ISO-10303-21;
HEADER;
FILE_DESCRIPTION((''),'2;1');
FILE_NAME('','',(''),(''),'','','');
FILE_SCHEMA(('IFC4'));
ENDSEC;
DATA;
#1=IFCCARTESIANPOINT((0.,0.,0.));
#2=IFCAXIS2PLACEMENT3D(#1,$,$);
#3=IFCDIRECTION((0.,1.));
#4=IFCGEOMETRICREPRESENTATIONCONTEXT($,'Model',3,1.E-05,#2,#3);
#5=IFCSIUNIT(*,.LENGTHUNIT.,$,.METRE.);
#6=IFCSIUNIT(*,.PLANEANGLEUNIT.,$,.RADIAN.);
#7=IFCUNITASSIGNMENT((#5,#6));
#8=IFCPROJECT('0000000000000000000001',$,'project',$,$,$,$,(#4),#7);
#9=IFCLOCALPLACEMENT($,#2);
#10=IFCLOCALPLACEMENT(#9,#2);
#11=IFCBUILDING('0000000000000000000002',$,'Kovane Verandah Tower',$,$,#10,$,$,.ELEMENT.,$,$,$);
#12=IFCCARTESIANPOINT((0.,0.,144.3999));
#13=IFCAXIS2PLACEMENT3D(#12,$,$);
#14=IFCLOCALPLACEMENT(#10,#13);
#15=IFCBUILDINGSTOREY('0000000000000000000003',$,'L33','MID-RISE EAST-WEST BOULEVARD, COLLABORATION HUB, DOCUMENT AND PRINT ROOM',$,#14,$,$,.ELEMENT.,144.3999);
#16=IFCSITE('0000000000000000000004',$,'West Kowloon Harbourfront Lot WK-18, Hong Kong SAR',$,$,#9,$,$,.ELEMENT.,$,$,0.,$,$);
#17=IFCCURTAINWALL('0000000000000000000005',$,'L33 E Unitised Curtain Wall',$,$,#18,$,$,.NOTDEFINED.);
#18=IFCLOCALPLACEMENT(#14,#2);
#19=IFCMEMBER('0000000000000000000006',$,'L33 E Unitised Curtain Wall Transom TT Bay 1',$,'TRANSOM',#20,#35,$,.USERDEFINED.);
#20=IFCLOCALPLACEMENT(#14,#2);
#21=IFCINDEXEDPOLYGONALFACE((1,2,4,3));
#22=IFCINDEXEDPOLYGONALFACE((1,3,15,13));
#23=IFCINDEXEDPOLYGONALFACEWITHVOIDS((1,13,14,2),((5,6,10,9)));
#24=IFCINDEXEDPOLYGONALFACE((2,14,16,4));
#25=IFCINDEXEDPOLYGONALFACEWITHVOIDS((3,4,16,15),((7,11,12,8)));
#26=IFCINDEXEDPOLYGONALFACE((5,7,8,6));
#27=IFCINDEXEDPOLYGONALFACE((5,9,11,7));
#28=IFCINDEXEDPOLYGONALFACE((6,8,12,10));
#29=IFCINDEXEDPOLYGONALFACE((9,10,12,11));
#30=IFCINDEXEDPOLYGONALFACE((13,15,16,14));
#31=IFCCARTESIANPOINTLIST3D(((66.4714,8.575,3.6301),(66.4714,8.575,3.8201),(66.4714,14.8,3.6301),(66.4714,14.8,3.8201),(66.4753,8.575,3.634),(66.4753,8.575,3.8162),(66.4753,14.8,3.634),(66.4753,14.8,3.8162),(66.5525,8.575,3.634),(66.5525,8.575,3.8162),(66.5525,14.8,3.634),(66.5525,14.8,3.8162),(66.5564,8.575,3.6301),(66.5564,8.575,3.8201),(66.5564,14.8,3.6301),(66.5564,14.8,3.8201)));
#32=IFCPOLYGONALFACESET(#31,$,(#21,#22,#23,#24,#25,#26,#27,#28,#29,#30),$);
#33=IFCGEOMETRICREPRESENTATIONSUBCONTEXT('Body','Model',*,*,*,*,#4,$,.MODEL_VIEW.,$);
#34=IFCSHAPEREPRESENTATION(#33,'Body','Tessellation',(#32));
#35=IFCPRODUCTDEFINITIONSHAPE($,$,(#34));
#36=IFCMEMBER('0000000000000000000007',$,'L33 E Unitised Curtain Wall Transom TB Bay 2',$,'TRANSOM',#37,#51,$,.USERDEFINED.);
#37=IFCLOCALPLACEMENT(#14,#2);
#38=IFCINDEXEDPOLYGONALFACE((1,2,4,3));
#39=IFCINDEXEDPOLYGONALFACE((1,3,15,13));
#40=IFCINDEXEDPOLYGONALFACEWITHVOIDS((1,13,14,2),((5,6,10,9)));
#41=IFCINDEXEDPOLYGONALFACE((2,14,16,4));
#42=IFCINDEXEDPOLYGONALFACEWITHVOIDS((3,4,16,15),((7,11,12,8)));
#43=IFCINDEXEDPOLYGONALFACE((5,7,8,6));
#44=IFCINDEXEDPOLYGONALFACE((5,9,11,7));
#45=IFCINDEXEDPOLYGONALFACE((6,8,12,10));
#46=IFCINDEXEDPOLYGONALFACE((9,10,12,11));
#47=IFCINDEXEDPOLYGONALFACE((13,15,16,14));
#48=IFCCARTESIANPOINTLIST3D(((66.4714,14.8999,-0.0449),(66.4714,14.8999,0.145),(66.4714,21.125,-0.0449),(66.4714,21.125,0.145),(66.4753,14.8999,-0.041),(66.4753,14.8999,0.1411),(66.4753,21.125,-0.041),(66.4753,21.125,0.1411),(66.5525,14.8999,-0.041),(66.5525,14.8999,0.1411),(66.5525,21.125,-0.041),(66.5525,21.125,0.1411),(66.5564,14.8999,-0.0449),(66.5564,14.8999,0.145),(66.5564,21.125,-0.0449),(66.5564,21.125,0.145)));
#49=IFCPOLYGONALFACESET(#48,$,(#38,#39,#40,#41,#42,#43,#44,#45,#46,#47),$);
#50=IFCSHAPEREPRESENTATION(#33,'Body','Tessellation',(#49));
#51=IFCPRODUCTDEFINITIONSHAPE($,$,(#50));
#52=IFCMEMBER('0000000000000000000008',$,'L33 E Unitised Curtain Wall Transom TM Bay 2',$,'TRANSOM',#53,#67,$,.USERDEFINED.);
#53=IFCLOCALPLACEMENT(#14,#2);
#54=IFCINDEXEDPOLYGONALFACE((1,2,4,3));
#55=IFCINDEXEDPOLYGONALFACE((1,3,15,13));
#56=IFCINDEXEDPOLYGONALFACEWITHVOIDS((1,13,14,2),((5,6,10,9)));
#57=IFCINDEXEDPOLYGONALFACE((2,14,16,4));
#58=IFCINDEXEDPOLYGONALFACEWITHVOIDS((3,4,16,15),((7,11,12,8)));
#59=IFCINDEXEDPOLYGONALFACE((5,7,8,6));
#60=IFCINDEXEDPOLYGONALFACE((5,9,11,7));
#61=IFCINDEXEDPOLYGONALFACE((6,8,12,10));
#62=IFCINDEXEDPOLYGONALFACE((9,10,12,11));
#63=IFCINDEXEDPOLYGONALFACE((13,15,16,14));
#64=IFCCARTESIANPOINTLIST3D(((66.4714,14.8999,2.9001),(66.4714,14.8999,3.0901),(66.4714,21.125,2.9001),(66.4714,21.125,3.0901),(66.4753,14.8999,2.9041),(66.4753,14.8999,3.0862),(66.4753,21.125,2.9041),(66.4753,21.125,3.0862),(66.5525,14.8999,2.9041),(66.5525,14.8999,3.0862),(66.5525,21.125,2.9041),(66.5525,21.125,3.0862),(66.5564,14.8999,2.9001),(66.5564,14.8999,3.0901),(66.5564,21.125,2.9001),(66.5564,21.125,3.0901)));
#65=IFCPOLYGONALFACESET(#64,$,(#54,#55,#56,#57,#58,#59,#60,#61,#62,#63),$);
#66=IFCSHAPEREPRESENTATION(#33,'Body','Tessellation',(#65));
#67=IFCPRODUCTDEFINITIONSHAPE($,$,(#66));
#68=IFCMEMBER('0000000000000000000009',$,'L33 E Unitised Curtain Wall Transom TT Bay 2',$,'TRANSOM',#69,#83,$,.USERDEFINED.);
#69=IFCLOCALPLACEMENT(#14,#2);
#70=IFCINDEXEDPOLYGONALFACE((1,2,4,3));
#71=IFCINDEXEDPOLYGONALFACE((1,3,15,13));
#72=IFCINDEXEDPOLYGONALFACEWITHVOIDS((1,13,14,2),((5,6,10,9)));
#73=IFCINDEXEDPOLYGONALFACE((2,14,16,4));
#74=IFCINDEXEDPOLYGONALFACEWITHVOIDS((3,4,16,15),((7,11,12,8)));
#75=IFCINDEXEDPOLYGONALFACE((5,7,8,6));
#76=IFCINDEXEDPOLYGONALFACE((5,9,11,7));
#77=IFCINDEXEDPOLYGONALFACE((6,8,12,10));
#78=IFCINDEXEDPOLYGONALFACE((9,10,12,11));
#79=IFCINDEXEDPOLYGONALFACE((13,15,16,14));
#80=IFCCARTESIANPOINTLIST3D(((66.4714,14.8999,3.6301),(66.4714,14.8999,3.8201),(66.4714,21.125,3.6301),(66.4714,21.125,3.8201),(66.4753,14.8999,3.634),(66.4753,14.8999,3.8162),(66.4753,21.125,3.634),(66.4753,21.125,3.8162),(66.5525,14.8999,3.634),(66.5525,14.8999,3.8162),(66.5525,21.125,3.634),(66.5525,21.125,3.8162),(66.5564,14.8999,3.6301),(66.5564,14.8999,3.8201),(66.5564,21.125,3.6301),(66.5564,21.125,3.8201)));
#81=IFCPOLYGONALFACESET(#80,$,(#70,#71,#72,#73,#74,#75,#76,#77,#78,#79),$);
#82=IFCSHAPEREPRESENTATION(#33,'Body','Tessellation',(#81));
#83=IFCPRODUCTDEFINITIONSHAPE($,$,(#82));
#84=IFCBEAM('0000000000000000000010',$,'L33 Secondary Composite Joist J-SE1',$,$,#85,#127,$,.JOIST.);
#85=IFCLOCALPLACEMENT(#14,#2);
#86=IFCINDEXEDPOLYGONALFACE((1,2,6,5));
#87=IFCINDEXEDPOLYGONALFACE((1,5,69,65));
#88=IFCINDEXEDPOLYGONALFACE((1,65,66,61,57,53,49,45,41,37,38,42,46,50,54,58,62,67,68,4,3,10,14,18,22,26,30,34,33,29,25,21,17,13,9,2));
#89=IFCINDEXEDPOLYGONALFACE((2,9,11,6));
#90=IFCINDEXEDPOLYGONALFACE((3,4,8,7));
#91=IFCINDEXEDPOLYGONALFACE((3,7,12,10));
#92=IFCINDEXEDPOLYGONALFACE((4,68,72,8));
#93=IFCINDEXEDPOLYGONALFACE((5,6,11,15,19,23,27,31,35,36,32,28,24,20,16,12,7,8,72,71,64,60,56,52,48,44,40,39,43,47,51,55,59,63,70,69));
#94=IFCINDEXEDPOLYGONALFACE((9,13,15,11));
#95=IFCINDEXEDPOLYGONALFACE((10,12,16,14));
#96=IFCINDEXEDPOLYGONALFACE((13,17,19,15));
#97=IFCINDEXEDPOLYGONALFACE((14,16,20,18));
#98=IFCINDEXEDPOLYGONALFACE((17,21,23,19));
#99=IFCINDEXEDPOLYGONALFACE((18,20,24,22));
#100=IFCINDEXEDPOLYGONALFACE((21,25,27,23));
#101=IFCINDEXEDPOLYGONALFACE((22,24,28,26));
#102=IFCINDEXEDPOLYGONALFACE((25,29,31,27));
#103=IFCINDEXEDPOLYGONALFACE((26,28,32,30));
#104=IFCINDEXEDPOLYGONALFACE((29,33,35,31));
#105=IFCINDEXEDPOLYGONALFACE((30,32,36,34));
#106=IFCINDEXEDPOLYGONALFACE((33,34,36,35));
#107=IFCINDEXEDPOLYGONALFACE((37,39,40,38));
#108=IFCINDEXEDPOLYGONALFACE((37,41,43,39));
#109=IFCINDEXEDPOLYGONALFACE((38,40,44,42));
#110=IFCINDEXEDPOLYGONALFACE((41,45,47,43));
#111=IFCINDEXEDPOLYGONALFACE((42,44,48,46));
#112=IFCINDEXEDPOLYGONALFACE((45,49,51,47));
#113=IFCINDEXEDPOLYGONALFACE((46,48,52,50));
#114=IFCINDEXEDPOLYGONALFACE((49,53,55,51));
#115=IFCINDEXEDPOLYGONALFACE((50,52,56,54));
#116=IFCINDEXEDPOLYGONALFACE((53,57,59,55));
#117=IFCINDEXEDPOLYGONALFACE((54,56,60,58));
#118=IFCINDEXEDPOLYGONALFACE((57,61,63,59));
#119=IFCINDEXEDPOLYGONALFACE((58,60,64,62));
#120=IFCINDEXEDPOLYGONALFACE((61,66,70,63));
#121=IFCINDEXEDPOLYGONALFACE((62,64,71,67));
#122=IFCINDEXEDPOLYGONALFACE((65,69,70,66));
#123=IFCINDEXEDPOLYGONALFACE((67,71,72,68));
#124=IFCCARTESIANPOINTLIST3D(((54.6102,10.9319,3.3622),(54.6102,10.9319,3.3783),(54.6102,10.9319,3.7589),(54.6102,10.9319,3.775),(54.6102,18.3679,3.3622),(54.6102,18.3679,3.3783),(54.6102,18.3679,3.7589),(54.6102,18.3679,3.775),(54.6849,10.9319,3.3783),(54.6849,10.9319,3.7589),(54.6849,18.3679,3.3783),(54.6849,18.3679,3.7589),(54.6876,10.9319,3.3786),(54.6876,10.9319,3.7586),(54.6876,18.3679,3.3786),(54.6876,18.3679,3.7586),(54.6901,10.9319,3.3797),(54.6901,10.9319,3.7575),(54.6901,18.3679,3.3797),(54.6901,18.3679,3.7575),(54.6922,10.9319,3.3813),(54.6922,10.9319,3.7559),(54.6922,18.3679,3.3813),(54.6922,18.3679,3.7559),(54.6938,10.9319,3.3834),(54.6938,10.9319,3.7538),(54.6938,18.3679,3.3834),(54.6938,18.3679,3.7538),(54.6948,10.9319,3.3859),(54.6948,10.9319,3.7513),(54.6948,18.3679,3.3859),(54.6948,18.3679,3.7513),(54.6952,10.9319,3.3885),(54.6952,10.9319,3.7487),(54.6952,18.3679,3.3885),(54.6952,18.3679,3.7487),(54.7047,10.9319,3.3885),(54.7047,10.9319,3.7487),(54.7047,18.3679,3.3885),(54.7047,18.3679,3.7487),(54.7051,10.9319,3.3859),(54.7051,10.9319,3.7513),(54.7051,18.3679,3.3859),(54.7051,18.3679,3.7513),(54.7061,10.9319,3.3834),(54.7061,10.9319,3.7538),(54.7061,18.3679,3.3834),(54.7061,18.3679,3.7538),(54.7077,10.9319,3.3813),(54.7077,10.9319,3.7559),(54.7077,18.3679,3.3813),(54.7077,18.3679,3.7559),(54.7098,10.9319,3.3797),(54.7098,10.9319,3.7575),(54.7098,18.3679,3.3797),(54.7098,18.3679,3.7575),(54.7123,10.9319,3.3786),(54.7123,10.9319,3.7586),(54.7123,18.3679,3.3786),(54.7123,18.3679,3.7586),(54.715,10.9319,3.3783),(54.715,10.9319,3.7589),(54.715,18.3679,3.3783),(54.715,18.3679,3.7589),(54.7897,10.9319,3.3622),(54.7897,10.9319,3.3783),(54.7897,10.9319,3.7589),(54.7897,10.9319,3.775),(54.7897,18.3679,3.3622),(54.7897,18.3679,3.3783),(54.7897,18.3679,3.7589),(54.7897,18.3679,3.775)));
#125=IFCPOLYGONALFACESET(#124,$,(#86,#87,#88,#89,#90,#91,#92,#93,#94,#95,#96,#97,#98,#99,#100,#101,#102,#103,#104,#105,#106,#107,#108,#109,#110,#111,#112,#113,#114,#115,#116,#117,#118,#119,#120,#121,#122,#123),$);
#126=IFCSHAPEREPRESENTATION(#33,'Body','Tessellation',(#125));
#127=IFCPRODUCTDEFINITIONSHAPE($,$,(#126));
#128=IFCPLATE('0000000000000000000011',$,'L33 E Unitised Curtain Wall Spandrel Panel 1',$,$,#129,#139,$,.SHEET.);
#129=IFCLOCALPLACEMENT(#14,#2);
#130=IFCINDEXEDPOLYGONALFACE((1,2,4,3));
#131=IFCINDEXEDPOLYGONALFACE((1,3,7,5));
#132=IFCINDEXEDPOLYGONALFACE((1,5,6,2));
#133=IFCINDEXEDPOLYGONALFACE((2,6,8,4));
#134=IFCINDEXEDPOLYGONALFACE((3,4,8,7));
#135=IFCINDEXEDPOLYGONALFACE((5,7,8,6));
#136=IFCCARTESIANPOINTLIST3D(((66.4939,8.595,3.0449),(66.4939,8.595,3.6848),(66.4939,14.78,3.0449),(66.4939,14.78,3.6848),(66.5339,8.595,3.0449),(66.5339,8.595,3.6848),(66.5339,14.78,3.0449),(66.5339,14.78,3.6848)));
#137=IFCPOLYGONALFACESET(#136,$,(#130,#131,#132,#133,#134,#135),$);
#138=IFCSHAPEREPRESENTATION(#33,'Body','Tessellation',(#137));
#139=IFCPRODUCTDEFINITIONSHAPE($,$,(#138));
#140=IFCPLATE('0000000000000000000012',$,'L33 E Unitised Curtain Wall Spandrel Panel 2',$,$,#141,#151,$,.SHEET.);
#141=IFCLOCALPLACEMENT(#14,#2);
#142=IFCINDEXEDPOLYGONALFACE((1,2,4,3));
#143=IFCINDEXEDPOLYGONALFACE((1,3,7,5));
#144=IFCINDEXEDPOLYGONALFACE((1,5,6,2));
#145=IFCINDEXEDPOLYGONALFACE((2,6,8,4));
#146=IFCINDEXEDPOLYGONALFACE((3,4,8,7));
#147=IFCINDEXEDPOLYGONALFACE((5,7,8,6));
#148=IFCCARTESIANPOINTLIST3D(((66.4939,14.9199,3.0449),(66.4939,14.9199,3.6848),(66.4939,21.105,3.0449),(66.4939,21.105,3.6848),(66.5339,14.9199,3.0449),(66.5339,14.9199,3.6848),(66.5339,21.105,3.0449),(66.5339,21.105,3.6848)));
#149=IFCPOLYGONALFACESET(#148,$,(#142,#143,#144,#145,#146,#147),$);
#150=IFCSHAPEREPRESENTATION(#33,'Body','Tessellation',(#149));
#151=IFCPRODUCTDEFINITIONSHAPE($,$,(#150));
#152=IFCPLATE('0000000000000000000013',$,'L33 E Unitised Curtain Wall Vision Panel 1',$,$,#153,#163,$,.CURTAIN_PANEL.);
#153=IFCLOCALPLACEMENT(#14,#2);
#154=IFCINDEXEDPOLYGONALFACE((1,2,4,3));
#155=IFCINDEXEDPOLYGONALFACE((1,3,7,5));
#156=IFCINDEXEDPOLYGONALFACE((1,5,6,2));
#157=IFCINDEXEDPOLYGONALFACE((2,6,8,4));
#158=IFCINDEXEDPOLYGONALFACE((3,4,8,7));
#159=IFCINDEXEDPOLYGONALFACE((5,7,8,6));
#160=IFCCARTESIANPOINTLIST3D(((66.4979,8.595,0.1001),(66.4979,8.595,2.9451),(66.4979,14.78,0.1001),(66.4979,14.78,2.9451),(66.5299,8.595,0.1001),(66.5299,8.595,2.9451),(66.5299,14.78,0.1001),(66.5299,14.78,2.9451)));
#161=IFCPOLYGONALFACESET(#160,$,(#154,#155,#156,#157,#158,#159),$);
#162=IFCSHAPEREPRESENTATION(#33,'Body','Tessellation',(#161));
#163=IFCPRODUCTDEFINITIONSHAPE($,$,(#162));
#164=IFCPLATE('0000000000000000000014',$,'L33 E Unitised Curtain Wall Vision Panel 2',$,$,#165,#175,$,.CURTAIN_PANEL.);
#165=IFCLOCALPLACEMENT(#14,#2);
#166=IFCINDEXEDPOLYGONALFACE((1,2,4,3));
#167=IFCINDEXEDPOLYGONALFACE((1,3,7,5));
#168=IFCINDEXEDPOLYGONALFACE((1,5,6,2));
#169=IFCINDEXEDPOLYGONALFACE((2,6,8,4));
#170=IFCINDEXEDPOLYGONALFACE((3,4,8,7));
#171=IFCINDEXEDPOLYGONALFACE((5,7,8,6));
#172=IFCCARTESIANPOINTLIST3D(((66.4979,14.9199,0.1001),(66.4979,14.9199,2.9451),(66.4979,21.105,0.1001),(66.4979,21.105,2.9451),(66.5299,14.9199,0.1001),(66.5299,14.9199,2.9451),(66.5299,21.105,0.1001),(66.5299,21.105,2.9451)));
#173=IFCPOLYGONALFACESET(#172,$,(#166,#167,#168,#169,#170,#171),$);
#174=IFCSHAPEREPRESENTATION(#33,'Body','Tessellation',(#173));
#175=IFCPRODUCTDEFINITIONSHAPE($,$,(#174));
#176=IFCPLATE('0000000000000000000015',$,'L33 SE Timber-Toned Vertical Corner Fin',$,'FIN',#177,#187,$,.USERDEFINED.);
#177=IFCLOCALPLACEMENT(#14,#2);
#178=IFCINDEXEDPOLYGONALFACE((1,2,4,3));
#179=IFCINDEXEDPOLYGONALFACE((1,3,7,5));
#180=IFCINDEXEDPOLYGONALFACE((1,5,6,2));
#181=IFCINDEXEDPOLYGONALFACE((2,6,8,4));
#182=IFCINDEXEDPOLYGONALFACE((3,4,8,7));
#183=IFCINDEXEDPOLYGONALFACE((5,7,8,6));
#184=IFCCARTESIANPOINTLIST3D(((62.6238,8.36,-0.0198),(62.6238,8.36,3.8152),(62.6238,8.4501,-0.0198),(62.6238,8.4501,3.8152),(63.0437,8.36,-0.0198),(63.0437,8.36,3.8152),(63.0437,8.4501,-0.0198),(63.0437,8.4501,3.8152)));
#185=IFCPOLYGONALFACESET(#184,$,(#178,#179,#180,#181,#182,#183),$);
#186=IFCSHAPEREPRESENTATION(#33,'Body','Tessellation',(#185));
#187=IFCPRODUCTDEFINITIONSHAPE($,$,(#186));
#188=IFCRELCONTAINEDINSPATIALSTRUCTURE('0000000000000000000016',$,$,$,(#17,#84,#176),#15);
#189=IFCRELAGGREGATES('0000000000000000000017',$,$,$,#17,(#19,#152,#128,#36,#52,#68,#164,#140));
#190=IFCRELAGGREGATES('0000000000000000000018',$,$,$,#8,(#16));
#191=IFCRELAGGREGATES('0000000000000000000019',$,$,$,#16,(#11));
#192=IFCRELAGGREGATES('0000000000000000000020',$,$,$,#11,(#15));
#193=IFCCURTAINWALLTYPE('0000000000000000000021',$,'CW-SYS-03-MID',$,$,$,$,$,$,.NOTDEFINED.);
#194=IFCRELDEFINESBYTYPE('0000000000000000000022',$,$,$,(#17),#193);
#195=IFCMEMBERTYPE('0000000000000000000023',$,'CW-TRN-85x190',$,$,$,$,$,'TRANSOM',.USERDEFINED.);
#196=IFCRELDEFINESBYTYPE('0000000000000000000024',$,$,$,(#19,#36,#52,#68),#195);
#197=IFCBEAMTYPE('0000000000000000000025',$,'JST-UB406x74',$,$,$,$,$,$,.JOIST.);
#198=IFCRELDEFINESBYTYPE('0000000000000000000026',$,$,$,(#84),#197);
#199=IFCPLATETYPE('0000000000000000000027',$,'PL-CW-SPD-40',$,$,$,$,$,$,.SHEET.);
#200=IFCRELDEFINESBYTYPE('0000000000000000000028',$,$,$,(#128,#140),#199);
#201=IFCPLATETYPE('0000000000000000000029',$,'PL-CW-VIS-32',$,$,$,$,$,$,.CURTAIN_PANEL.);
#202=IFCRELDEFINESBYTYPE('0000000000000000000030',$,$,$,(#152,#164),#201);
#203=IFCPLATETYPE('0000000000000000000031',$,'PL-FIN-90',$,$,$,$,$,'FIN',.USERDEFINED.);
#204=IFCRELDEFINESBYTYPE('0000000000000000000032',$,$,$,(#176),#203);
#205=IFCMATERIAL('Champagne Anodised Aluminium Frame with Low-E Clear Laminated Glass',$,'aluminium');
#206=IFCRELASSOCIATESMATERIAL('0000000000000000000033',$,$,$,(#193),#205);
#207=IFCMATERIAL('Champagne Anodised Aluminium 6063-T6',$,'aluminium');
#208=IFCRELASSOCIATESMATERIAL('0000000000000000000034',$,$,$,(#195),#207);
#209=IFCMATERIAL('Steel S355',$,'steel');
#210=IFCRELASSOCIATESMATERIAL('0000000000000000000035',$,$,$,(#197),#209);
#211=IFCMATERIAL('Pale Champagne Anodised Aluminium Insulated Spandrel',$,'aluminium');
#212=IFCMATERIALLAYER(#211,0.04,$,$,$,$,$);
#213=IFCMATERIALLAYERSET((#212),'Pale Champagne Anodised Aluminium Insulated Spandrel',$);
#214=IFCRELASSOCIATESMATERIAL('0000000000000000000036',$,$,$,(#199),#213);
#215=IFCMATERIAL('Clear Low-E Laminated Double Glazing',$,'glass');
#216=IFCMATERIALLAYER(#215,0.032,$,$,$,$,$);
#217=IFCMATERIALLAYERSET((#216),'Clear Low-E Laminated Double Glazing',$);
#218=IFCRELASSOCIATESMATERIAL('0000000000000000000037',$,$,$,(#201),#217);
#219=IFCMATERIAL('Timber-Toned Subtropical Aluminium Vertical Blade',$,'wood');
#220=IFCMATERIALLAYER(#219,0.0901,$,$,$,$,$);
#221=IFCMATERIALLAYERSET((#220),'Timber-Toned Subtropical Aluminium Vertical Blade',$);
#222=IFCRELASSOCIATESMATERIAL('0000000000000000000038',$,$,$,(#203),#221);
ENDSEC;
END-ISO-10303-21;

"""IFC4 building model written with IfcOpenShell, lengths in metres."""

from ifc_helpers import new_model, si_unit, direction, frame, origin, origin_2d, place, context, subcontext, project, spatial, rectangle, hollow_rectangle, i_section, extrude, material, layer, layer_set, material_profile, profile_set, type_object, element, aggregate, save


model = new_model("IFC4")

# Units and contexts
model_context = context("Model", 3, precision=1e-05, world=origin(), true_north=direction((0.0, 1.0)))
body_context = subcontext(model_context, "Body", "Model", "MODEL_VIEW")
ifc_project = project(units=[si_unit("LENGTHUNIT", "METRE"), si_unit("PLANEANGLEUNIT", "RADIAN")], contexts=[model_context])

# Site, building, storey
site_placement = place(None, origin())
site = spatial("IfcSite", under=ifc_project, at=site_placement, Name="West Kowloon Harbourfront Lot WK-18, Hong Kong SAR", CompositionType="ELEMENT", RefElevation=0.0)
building_placement = place(site_placement, origin())
building = spatial("IfcBuilding", under=site, at=building_placement, Name="Kovane Verandah Tower", CompositionType="ELEMENT")
storey_placement = place(building_placement, frame((0.0, 0.0, 144.3999)))
storey = spatial("IfcBuildingStorey", under=building, at=storey_placement, Name="L33", Description="MID-RISE EAST-WEST BOULEVARD, COLLABORATION HUB, DOCUMENT AND PRINT ROOM", CompositionType="ELEMENT", Elevation=144.3999)

# Shared definitions
ifc_material_1 = material(Name="Steel S355", Category="steel")

# Curtain wall, members
ifc_material_2 = material(Name="Champagne Anodised Aluminium Frame with Low-E Clear Laminated Glass", Category="aluminium")
curtain_wall_type = type_object("IfcCurtainWallType", Name="CW-SYS-03-MID", PredefinedType="NOTDEFINED", material=ifc_material_2)
curtain_wall_placement = place(storey_placement, origin())
curtain_wall = element("IfcCurtainWall", 1, at=curtain_wall_placement, inside=storey, type_object=curtain_wall_type, Name="L33 E Unitised Curtain Wall", PredefinedType="NOTDEFINED")
ifc_material_3 = material(Name="Champagne Anodised Aluminium 6063-T6", Category="aluminium")
ifc_material_profile_1 = material_profile(ifc_material_3, hollow_rectangle(XDim=0.085, YDim=0.1899, WallThickness=0.0039, at=origin_2d()), Name="AL85x190x4")
ifc_profile_set_1 = profile_set([ifc_material_profile_1], Name="Champagne Anodised Aluminium 6063-T6")
member_type_1 = type_object("IfcMemberType", Name="CW-TRN-85x190", ElementType="TRANSOM", PredefinedType="USERDEFINED", material=ifc_profile_set_1)
member_1_placement = place(storey_placement, frame((66.5139, 8.575, 3.7251), z_axis=(0.0, 1.0, 0.0), x_axis=(-1.0, 0.0, 0.0)))
member_1 = element("IfcMember", 2, at=member_1_placement, type_object=member_type_1, Name="L33 E Unitised Curtain Wall Transom TT Bay 1", ObjectType="TRANSOM", PredefinedType="USERDEFINED", context=body_context, shape_type="SweptSolid", body=[
    extrude(hollow_rectangle(XDim=0.085, YDim=0.1899, WallThickness=0.0039, at=origin_2d()), origin(), (0.0, 0.0, 1.0), 6.2251),
])
member_2_placement = place(storey_placement, frame((66.5139, 14.8999, 0.05), z_axis=(0.0, 1.0, 0.0), x_axis=(-1.0, 0.0, 0.0)))
member_2 = element("IfcMember", 3, at=member_2_placement, type_object=member_type_1, Name="L33 E Unitised Curtain Wall Transom TB Bay 2", ObjectType="TRANSOM", PredefinedType="USERDEFINED", context=body_context, shape_type="SweptSolid", body=[
    extrude(hollow_rectangle(XDim=0.085, YDim=0.1899, WallThickness=0.0039, at=origin_2d()), origin(), (0.0, 0.0, 1.0), 6.2251),
])
member_3_placement = place(storey_placement, frame((66.5139, 14.8999, 2.9951), z_axis=(0.0, 1.0, 0.0), x_axis=(-1.0, 0.0, 0.0)))
member_3 = element("IfcMember", 4, at=member_3_placement, type_object=member_type_1, Name="L33 E Unitised Curtain Wall Transom TM Bay 2", ObjectType="TRANSOM", PredefinedType="USERDEFINED", context=body_context, shape_type="SweptSolid", body=[
    extrude(hollow_rectangle(XDim=0.085, YDim=0.1899, WallThickness=0.0039, at=origin_2d()), origin(), (0.0, 0.0, 1.0), 6.2251),
])
member_4_placement = place(storey_placement, frame((66.5139, 14.8999, 3.7251), z_axis=(0.0, 1.0, 0.0), x_axis=(-1.0, 0.0, 0.0)))
member_4 = element("IfcMember", 5, at=member_4_placement, type_object=member_type_1, Name="L33 E Unitised Curtain Wall Transom TT Bay 2", ObjectType="TRANSOM", PredefinedType="USERDEFINED", context=body_context, shape_type="SweptSolid", body=[
    extrude(hollow_rectangle(XDim=0.085, YDim=0.1899, WallThickness=0.0039, at=origin_2d()), origin(), (0.0, 0.0, 1.0), 6.2251),
])

# Beam
ifc_material_profile_2 = material_profile(ifc_material_1, i_section(OverallWidth=0.1794, OverallDepth=0.4128, WebThickness=0.0095, FlangeThickness=0.0161, FilletRadius=0.0103, at=origin_2d()), Name="UB406x178x74")
ifc_profile_set_2 = profile_set([ifc_material_profile_2], Name="Steel S355")
beam_type_1 = type_object("IfcBeamType", Name="JST-UB406x74", PredefinedType="JOIST", material=ifc_profile_set_2)
beam_1_placement = place(storey_placement, frame((54.7, 10.9319, 3.5686), z_axis=(0.0, 1.0, 0.0), x_axis=(-1.0, 0.0, 0.0)))
element("IfcBeam", 6, at=beam_1_placement, inside=storey, type_object=beam_type_1, Name="L33 Secondary Composite Joist J-SE1", PredefinedType="JOIST", context=body_context, shape_type="SweptSolid", body=[
    extrude(i_section(OverallWidth=0.1794, OverallDepth=0.4128, WebThickness=0.0095, FlangeThickness=0.0161, FilletRadius=0.0103, at=origin_2d()), origin(), (0.0, 0.0, 1.0), 7.436),
])

# Plates
ifc_material_4 = material(Name="Pale Champagne Anodised Aluminium Insulated Spandrel", Category="aluminium")
ifc_layer_1 = layer(ifc_material_4, 0.04)
ifc_layer_set_1 = layer_set([ifc_layer_1], Name="Pale Champagne Anodised Aluminium Insulated Spandrel")
plate_type_1 = type_object("IfcPlateType", Name="PL-CW-SPD-40", PredefinedType="SHEET", material=ifc_layer_set_1)
plate_1_placement = place(storey_placement, frame((66.5139, 11.6875, 3.0449), z_axis=(0.0, 0.0, 1.0), x_axis=(0.0, 1.0, 0.0)))
plate_1 = element("IfcPlate", 7, at=plate_1_placement, type_object=plate_type_1, Name="L33 E Unitised Curtain Wall Spandrel Panel 1", PredefinedType="SHEET", context=body_context, shape_type="SweptSolid", body=[
    extrude(rectangle(XDim=6.1851, YDim=0.04, at=origin_2d()), origin(), (0.0, 0.0, 1.0), 0.6399),
])
plate_2_placement = place(storey_placement, frame((66.5139, 18.0125, 3.0449), z_axis=(0.0, 0.0, 1.0), x_axis=(0.0, 1.0, 0.0)))
plate_2 = element("IfcPlate", 8, at=plate_2_placement, type_object=plate_type_1, Name="L33 E Unitised Curtain Wall Spandrel Panel 2", PredefinedType="SHEET", context=body_context, shape_type="SweptSolid", body=[
    extrude(rectangle(XDim=6.1851, YDim=0.04, at=origin_2d()), origin(), (0.0, 0.0, 1.0), 0.6399),
])
ifc_material_5 = material(Name="Clear Low-E Laminated Double Glazing", Category="glass")
ifc_layer_2 = layer(ifc_material_5, 0.032)
ifc_layer_set_2 = layer_set([ifc_layer_2], Name="Clear Low-E Laminated Double Glazing")
plate_type_2 = type_object("IfcPlateType", Name="PL-CW-VIS-32", PredefinedType="CURTAIN_PANEL", material=ifc_layer_set_2)
plate_3_placement = place(storey_placement, frame((66.5139, 11.6875, 0.1001), z_axis=(0.0, 0.0, 1.0), x_axis=(0.0, 1.0, 0.0)))
plate_3 = element("IfcPlate", 9, at=plate_3_placement, type_object=plate_type_2, Name="L33 E Unitised Curtain Wall Vision Panel 1", PredefinedType="CURTAIN_PANEL", context=body_context, shape_type="SweptSolid", body=[
    extrude(rectangle(XDim=6.1851, YDim=0.032, at=origin_2d()), origin(), (0.0, 0.0, 1.0), 2.845),
])
plate_4_placement = place(storey_placement, frame((66.5139, 18.0125, 0.1001), z_axis=(0.0, 0.0, 1.0), x_axis=(0.0, 1.0, 0.0)))
plate_4 = element("IfcPlate", 10, at=plate_4_placement, type_object=plate_type_2, Name="L33 E Unitised Curtain Wall Vision Panel 2", PredefinedType="CURTAIN_PANEL", context=body_context, shape_type="SweptSolid", body=[
    extrude(rectangle(XDim=6.1851, YDim=0.032, at=origin_2d()), origin(), (0.0, 0.0, 1.0), 2.845),
])
aggregate(curtain_wall, [member_1, plate_3, plate_1, member_2, member_3, member_4, plate_4, plate_2])
ifc_material_6 = material(Name="Timber-Toned Subtropical Aluminium Vertical Blade", Category="wood")
ifc_layer_3 = layer(ifc_material_6, 0.0901)
ifc_layer_set_3 = layer_set([ifc_layer_3], Name="Timber-Toned Subtropical Aluminium Vertical Blade")
plate_type_3 = type_object("IfcPlateType", Name="PL-FIN-90", ElementType="FIN", PredefinedType="USERDEFINED", material=ifc_layer_set_3)
plate_5_placement = place(storey_placement, frame((62.8337, 8.405, -0.0198), z_axis=(0.0, 0.0, 1.0), x_axis=(1.0, 0.0, 0.0)))
element("IfcPlate", 11, at=plate_5_placement, inside=storey, type_object=plate_type_3, Name="L33 SE Timber-Toned Vertical Corner Fin", ObjectType="FIN", PredefinedType="USERDEFINED", context=body_context, shape_type="SweptSolid", body=[
    extrude(rectangle(XDim=0.4199, YDim=0.0901, at=origin_2d()), origin(), (0.0, 0.0, 1.0), 3.835),
])

save(model, "model.ifc")
